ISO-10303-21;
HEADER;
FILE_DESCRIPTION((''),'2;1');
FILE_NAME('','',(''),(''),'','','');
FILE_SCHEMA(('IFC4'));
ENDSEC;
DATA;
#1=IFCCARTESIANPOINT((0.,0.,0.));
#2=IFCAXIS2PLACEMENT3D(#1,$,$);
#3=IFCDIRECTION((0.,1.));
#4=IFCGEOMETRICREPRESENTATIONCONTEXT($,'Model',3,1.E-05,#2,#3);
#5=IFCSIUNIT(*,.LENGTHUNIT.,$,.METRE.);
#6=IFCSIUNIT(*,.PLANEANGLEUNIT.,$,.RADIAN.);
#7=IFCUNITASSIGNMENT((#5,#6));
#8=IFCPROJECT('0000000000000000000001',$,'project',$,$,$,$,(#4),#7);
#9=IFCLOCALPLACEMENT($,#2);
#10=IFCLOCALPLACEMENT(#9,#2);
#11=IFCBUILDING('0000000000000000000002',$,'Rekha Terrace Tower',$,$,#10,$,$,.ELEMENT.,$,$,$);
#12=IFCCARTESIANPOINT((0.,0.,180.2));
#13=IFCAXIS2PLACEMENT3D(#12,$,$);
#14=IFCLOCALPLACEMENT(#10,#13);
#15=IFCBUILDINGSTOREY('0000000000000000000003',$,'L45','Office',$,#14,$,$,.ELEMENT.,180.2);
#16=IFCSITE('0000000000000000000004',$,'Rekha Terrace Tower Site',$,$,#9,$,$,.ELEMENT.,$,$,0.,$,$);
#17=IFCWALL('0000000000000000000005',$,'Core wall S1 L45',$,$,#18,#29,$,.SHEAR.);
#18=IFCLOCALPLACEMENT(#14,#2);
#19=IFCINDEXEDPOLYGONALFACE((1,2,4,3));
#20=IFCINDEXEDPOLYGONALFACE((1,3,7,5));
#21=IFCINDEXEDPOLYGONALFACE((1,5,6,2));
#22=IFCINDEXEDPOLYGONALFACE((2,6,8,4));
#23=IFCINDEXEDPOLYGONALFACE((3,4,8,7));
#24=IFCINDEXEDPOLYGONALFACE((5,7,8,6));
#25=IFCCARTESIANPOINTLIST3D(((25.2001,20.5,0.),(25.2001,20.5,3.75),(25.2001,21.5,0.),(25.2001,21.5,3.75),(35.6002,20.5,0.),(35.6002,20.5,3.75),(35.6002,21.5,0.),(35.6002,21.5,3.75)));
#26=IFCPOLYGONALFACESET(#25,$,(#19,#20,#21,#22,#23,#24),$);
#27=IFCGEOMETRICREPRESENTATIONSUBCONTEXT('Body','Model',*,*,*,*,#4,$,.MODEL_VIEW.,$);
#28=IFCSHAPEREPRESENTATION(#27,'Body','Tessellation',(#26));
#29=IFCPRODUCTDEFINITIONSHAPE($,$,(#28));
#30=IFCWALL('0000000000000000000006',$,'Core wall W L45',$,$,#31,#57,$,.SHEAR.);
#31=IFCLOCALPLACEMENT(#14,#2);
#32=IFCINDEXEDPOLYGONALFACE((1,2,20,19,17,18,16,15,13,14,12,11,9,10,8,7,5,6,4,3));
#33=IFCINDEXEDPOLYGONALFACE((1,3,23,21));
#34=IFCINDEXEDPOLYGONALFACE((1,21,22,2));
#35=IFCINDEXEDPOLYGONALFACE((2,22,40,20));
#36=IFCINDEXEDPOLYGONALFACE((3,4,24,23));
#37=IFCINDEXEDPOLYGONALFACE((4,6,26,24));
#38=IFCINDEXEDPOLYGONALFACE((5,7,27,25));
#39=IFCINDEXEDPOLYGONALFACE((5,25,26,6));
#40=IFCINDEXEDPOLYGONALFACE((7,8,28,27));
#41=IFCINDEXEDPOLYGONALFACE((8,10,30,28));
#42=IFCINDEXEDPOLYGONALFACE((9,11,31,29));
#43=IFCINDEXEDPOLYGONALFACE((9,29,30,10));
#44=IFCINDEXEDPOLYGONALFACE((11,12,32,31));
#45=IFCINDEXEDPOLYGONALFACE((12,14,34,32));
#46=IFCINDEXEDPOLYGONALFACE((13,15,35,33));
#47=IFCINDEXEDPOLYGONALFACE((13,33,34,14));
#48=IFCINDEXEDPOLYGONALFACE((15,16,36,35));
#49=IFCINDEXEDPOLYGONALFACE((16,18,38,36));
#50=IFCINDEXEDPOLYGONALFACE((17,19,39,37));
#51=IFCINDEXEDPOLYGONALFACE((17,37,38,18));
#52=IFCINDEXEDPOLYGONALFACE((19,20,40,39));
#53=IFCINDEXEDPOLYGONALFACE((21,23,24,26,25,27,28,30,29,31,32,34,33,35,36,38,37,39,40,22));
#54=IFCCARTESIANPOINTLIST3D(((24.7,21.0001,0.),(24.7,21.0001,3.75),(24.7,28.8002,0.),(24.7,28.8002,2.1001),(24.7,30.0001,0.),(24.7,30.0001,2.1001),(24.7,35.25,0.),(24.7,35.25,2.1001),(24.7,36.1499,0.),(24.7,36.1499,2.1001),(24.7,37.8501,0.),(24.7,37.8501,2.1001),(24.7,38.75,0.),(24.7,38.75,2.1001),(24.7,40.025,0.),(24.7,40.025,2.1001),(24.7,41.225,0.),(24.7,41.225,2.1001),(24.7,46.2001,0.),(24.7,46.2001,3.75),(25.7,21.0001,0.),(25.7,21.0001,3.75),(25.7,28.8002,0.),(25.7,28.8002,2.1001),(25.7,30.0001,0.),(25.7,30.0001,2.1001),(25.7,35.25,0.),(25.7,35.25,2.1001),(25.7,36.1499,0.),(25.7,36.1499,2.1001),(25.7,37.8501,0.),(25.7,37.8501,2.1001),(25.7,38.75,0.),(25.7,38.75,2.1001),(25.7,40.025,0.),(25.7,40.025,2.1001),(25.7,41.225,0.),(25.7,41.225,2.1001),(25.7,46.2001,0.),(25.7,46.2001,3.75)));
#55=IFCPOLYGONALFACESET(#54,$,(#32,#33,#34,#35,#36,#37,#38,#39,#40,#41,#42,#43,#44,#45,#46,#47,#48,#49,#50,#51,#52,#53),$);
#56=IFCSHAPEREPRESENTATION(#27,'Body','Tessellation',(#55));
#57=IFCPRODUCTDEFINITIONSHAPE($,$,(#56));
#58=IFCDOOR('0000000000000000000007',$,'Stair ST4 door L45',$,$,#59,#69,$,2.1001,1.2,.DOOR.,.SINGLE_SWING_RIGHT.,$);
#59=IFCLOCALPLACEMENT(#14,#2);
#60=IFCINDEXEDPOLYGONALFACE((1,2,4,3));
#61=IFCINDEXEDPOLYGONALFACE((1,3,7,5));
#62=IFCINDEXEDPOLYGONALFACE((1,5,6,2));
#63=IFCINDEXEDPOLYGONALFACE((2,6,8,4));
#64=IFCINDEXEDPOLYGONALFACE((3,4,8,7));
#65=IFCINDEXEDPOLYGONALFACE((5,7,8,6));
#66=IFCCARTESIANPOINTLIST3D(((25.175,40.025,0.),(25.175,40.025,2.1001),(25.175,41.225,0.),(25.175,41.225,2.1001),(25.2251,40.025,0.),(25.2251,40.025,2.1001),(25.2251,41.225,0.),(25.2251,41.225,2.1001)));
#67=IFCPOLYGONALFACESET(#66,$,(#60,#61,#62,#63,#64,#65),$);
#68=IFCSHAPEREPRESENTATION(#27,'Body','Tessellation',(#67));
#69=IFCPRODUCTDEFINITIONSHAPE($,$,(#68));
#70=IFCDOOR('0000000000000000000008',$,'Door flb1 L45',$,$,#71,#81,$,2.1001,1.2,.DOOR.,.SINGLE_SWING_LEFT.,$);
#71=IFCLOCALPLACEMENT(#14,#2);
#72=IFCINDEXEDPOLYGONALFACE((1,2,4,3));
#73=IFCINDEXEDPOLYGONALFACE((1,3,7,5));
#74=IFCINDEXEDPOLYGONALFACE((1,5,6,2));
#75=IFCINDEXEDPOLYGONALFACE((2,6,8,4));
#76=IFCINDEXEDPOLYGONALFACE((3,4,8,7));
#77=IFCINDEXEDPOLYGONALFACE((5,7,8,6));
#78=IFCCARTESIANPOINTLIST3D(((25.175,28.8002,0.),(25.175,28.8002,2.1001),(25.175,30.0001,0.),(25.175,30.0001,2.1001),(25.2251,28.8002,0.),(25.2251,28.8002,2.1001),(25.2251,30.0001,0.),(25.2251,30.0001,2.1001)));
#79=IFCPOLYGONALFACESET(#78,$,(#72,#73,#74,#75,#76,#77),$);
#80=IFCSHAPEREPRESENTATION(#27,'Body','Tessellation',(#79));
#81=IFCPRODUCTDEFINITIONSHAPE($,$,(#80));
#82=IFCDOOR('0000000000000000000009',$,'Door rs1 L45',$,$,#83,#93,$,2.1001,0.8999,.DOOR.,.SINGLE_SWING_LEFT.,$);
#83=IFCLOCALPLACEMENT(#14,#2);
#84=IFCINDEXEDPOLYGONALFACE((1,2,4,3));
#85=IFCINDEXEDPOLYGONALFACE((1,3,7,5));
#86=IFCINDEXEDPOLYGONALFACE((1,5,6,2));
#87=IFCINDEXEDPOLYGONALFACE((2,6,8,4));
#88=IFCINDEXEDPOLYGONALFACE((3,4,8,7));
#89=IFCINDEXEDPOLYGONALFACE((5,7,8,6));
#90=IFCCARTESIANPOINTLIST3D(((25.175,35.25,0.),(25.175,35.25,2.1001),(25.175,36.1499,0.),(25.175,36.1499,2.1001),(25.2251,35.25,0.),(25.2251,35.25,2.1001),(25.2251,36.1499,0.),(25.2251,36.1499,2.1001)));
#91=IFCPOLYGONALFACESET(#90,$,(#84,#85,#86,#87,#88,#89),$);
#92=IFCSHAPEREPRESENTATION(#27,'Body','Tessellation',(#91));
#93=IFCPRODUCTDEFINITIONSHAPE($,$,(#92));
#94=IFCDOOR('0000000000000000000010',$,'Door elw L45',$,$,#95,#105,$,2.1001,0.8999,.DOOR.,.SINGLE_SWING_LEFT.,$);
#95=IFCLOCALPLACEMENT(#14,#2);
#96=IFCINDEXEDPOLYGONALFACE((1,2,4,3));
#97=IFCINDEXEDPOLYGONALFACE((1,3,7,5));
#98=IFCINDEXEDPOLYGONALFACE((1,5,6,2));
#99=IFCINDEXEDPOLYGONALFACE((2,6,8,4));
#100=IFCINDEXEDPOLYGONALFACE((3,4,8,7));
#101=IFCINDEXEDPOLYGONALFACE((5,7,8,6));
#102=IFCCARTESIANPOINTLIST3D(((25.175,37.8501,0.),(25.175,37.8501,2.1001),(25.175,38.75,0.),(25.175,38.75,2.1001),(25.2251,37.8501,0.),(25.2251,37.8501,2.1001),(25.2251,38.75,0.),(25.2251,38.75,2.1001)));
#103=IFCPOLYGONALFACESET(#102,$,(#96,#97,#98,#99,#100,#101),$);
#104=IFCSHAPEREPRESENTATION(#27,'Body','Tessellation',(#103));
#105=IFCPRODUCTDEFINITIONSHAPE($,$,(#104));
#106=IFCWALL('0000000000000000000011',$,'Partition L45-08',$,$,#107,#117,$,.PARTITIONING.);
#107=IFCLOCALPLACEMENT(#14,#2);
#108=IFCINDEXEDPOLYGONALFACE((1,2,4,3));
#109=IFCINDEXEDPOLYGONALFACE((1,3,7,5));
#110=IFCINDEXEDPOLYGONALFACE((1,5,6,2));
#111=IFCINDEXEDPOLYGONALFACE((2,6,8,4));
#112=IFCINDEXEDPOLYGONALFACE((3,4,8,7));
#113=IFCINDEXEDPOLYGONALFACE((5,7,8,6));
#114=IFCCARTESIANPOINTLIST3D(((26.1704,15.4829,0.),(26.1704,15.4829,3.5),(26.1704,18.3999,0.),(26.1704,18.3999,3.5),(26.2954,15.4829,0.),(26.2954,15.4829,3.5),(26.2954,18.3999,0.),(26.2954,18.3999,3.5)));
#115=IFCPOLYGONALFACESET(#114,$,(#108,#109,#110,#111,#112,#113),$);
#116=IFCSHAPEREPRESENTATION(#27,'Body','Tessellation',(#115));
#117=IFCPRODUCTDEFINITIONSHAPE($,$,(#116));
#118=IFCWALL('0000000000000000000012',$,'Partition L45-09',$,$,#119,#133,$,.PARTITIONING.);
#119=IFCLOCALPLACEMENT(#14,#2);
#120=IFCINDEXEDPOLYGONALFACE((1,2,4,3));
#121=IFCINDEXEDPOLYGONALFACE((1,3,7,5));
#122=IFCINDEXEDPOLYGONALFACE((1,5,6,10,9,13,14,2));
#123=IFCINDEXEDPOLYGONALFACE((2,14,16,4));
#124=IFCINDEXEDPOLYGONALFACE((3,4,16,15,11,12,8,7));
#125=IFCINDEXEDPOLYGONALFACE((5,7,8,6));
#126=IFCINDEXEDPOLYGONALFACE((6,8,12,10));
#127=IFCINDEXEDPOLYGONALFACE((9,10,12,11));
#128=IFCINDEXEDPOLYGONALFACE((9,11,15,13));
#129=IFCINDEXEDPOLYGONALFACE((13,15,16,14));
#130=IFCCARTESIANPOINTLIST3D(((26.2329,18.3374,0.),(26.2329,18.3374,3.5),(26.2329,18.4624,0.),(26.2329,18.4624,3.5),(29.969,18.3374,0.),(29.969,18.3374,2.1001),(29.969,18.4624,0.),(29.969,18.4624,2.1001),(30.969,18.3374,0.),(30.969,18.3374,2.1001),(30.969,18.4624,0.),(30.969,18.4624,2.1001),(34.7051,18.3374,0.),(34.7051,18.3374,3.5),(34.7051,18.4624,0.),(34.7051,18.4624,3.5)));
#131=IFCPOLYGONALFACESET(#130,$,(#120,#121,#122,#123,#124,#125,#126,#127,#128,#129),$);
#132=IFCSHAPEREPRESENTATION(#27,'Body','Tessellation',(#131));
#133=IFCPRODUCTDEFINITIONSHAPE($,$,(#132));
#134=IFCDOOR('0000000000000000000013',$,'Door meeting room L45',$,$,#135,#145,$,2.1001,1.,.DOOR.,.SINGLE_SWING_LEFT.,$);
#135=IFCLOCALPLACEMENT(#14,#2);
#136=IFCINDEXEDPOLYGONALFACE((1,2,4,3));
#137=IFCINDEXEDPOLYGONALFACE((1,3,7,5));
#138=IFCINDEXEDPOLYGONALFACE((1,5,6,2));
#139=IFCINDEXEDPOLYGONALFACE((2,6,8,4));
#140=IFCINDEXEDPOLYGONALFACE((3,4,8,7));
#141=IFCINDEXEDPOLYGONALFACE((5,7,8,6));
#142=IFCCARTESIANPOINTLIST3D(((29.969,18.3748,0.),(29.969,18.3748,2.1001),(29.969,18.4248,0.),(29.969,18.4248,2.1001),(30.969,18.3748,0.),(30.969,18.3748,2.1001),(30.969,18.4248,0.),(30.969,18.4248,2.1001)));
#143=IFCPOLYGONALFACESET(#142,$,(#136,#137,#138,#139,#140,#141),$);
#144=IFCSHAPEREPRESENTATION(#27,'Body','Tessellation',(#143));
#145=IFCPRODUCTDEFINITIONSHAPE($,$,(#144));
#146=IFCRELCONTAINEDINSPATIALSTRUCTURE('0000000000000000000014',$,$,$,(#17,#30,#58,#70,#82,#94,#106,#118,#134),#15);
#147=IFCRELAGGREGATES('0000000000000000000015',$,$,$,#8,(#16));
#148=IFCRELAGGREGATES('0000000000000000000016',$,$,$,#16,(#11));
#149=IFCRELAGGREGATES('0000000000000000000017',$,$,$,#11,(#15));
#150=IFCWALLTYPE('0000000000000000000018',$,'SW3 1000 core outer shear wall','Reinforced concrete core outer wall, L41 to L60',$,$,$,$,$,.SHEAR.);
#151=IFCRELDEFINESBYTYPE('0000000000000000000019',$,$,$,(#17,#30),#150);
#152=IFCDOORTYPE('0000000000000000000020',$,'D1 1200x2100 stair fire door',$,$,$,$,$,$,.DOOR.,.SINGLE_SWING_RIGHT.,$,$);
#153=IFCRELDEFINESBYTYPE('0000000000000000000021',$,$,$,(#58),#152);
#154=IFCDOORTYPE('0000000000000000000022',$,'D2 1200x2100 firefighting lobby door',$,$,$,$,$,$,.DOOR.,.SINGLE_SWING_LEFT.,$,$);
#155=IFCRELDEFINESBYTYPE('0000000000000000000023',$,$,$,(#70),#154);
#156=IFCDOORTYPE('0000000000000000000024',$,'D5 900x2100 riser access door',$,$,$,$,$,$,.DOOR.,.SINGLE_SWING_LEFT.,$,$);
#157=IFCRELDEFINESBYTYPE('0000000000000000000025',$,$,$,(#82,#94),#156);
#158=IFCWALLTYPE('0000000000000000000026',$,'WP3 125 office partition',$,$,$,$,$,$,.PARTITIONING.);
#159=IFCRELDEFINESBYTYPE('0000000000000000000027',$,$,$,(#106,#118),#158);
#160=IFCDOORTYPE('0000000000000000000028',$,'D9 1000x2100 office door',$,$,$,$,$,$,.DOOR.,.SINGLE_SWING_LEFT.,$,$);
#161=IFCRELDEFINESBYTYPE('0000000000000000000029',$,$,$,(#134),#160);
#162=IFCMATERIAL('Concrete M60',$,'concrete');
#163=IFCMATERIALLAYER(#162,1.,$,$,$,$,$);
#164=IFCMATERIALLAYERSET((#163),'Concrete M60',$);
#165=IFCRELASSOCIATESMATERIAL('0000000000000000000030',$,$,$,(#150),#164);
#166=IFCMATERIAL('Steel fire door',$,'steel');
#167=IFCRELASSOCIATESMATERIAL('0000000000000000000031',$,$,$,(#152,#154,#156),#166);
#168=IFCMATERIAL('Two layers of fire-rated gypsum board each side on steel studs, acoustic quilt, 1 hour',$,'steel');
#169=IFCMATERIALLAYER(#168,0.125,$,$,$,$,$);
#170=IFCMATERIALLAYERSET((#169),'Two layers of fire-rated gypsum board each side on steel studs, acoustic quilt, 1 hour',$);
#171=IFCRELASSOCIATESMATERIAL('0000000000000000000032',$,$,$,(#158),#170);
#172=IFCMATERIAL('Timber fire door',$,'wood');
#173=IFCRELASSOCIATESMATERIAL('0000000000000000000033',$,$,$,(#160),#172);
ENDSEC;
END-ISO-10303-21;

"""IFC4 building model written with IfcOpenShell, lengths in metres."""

from ifc_helpers import new_model, si_unit, direction, frame, frame_2d, origin, place, context, subcontext, project, spatial, rectangle, extrude, material, layer, layer_set, type_object, element, fill, save


model = new_model("IFC4")

# Units and contexts
model_context = context("Model", 3, precision=1e-05, world=origin(), true_north=direction((0.0, 1.0)))
body_context = subcontext(model_context, "Body", "Model", "MODEL_VIEW")
ifc_project = project(units=[si_unit("LENGTHUNIT", "METRE"), si_unit("PLANEANGLEUNIT", "RADIAN")], contexts=[model_context])

# Site, building, storey
site_placement = place(None, origin())
site = spatial("IfcSite", under=ifc_project, at=site_placement, Name="Rekha Terrace Tower Site", CompositionType="ELEMENT", RefElevation=0.0)
building_placement = place(site_placement, origin())
building = spatial("IfcBuilding", under=site, at=building_placement, Name="Rekha Terrace Tower", CompositionType="ELEMENT")
storey_placement = place(building_placement, frame((0.0, 0.0, 180.2)))
storey = spatial("IfcBuildingStorey", under=building, at=storey_placement, Name="L45", Description="Office", CompositionType="ELEMENT", Elevation=180.2)

# Shared definitions
ifc_material_1 = material(Name="Concrete M60", Category="concrete")

# Wall
ifc_layer_1 = layer(ifc_material_1, 1.0)
ifc_layer_set_1 = layer_set([ifc_layer_1], Name="Concrete M60")
wall_type_1 = type_object("IfcWallType", Name="SW3 1000 core outer shear wall", Description="Reinforced concrete core outer wall, L41 to L60", PredefinedType="SHEAR", material=ifc_layer_set_1)
wall_1_placement = place(storey_placement, frame((25.2, 21.0, 0.0), z_axis=(0.0, 0.0, 1.0), x_axis=(1.0, 0.0, 0.0)))
element("IfcWall", 1, at=wall_1_placement, inside=storey, type_object=wall_type_1, Name="Core wall S1 L45", PredefinedType="SHEAR", context=body_context, shape_type="SweptSolid", body=[
    extrude(rectangle(XDim=10.4001, YDim=1.0, at=frame_2d((5.2002, 0.0))), origin(), (0.0, 0.0, 1.0), 3.75),
])

# Wall, openings, doors
wall_2_placement = place(storey_placement, frame((25.2, 21.0, 0.0), z_axis=(0.0, 0.0, 1.0), x_axis=(0.0, 1.0, 0.0)))
wall_2 = element("IfcWall", 2, at=wall_2_placement, inside=storey, type_object=wall_type_1, Name="Core wall W L45", PredefinedType="SHEAR", context=body_context, shape_type="SweptSolid", body=[
    extrude(rectangle(XDim=25.2, YDim=1.0, at=frame_2d((12.6001, 0.0))), origin(), (0.0, 0.0, 1.0), 3.75),
])
opening_1_placement = place(wall_2_placement, frame((7.8, 0.0, 0.0)))
opening_1 = element("IfcOpeningElement", 3, at=opening_1_placement, cuts=wall_2, PredefinedType="OPENING", context=body_context, shape_type="SweptSolid", body=[
    extrude(rectangle(XDim=1.2, YDim=2.1001, at=frame_2d((0.6001, 1.05))), frame((0.0, 0.51, 0.0), z_axis=(0.0, -1.0, 0.0), x_axis=(1.0, 0.0, 0.0)), (0.0, 0.0, 1.0), 1.02),
])
opening_2_placement = place(wall_2_placement, frame((14.25, 0.0, 0.0)))
opening_2 = element("IfcOpeningElement", 4, at=opening_2_placement, cuts=wall_2, PredefinedType="OPENING", context=body_context, shape_type="SweptSolid", body=[
    extrude(rectangle(XDim=0.8999, YDim=2.1001, at=frame_2d((0.45, 1.05))), frame((0.0, 0.51, 0.0), z_axis=(0.0, -1.0, 0.0), x_axis=(1.0, 0.0, 0.0)), (0.0, 0.0, 1.0), 1.02),
])
opening_3_placement = place(wall_2_placement, frame((16.8501, 0.0, 0.0)))
opening_3 = element("IfcOpeningElement", 5, at=opening_3_placement, cuts=wall_2, PredefinedType="OPENING", context=body_context, shape_type="SweptSolid", body=[
    extrude(rectangle(XDim=0.8999, YDim=2.1001, at=frame_2d((0.45, 1.05))), frame((0.0, 0.51, 0.0), z_axis=(0.0, -1.0, 0.0), x_axis=(1.0, 0.0, 0.0)), (0.0, 0.0, 1.0), 1.02),
])
opening_4_placement = place(wall_2_placement, frame((19.0249, 0.0, 0.0)))
opening_4 = element("IfcOpeningElement", 6, at=opening_4_placement, cuts=wall_2, PredefinedType="OPENING", context=body_context, shape_type="SweptSolid", body=[
    extrude(rectangle(XDim=1.2, YDim=2.1001, at=frame_2d((0.6001, 1.05))), frame((0.0, 0.51, 0.0), z_axis=(0.0, -1.0, 0.0), x_axis=(1.0, 0.0, 0.0)), (0.0, 0.0, 1.0), 1.02),
])
ifc_material_2 = material(Name="Steel fire door", Category="steel")
door_type_1 = type_object("IfcDoorType", Name="D1 1200x2100 stair fire door", OperationType="SINGLE_SWING_RIGHT", PredefinedType="DOOR", material=ifc_material_2)
door_1_placement = place(opening_4_placement, origin())
door_1 = element("IfcDoor", 7, at=door_1_placement, inside=storey, type_object=door_type_1, Name="Stair ST4 door L45", OperationType="SINGLE_SWING_RIGHT", OverallHeight=2.1001, OverallWidth=1.2, PredefinedType="DOOR", context=body_context, shape_type="SweptSolid", body=[
    extrude(rectangle(XDim=1.2, YDim=2.1001, at=frame_2d((0.6001, 1.05))), frame((0.0, 0.0249, 0.0), z_axis=(0.0, -1.0, 0.0), x_axis=(1.0, 0.0, 0.0)), (0.0, 0.0, 1.0), 0.05),
])
fill(opening_4, door_1)
door_type_2 = type_object("IfcDoorType", Name="D2 1200x2100 firefighting lobby door", OperationType="SINGLE_SWING_LEFT", PredefinedType="DOOR", material=ifc_material_2)
door_2_placement = place(opening_1_placement, origin())
door_2 = element("IfcDoor", 8, at=door_2_placement, inside=storey, type_object=door_type_2, Name="Door flb1 L45", OperationType="SINGLE_SWING_LEFT", OverallHeight=2.1001, OverallWidth=1.2, PredefinedType="DOOR", context=body_context, shape_type="SweptSolid", body=[
    extrude(rectangle(XDim=1.2, YDim=2.1001, at=frame_2d((0.6001, 1.05))), frame((0.0, 0.0249, 0.0), z_axis=(0.0, -1.0, 0.0), x_axis=(1.0, 0.0, 0.0)), (0.0, 0.0, 1.0), 0.05),
])
fill(opening_1, door_2)
door_type_3 = type_object("IfcDoorType", Name="D5 900x2100 riser access door", OperationType="SINGLE_SWING_LEFT", PredefinedType="DOOR", material=ifc_material_2)
door_3_placement = place(opening_2_placement, origin())
door_3 = element("IfcDoor", 9, at=door_3_placement, inside=storey, type_object=door_type_3, Name="Door rs1 L45", OperationType="SINGLE_SWING_LEFT", OverallHeight=2.1001, OverallWidth=0.8999, PredefinedType="DOOR", context=body_context, shape_type="SweptSolid", body=[
    extrude(rectangle(XDim=0.8999, YDim=2.1001, at=frame_2d((0.45, 1.05))), frame((0.0, 0.0249, 0.0), z_axis=(0.0, -1.0, 0.0), x_axis=(1.0, 0.0, 0.0)), (0.0, 0.0, 1.0), 0.05),
])
fill(opening_2, door_3)
door_4_placement = place(opening_3_placement, origin())
door_4 = element("IfcDoor", 10, at=door_4_placement, inside=storey, type_object=door_type_3, Name="Door elw L45", OperationType="SINGLE_SWING_LEFT", OverallHeight=2.1001, OverallWidth=0.8999, PredefinedType="DOOR", context=body_context, shape_type="SweptSolid", body=[
    extrude(rectangle(XDim=0.8999, YDim=2.1001, at=frame_2d((0.45, 1.05))), frame((0.0, 0.0249, 0.0), z_axis=(0.0, -1.0, 0.0), x_axis=(1.0, 0.0, 0.0)), (0.0, 0.0, 1.0), 0.05),
])
fill(opening_3, door_4)

# Wall
ifc_material_3 = material(Name="Two layers of fire-rated gypsum board each side on steel studs, acoustic quilt, 1 hour", Category="steel")
ifc_layer_2 = layer(ifc_material_3, 0.125)
ifc_layer_set_2 = layer_set([ifc_layer_2], Name="Two layers of fire-rated gypsum board each side on steel studs, acoustic quilt, 1 hour")
wall_type_2 = type_object("IfcWallType", Name="WP3 125 office partition", PredefinedType="PARTITIONING", material=ifc_layer_set_2)
wall_3_placement = place(storey_placement, frame((26.2329, 18.3999, 0.0), z_axis=(0.0, 0.0, 1.0), x_axis=(0.0, -1.0, 0.0)))
element("IfcWall", 11, at=wall_3_placement, inside=storey, type_object=wall_type_2, Name="Partition L45-08", PredefinedType="PARTITIONING", context=body_context, shape_type="SweptSolid", body=[
    extrude(rectangle(XDim=2.917, YDim=0.125, at=frame_2d((1.4585, 0.0))), origin(), (0.0, 0.0, 1.0), 3.5),
])

# Wall, opening, door
wall_4_placement = place(storey_placement, frame((26.2329, 18.3999, 0.0), z_axis=(0.0, 0.0, 1.0), x_axis=(1.0, 0.0, 0.0)))
wall_4 = element("IfcWall", 12, at=wall_4_placement, inside=storey, type_object=wall_type_2, Name="Partition L45-09", PredefinedType="PARTITIONING", context=body_context, shape_type="SweptSolid", body=[
    extrude(rectangle(XDim=8.4722, YDim=0.125, at=frame_2d((4.2361, 0.0))), origin(), (0.0, 0.0, 1.0), 3.5),
])
opening_5_placement = place(wall_4_placement, frame((3.7361, 0.0, 0.0)))
opening_5 = element("IfcOpeningElement", 13, at=opening_5_placement, cuts=wall_4, PredefinedType="OPENING", context=body_context, shape_type="SweptSolid", body=[
    extrude(rectangle(XDim=1.0, YDim=2.1001, at=frame_2d((0.5, 1.05))), frame((0.0, 0.0725, 0.0), z_axis=(0.0, -1.0, 0.0), x_axis=(1.0, 0.0, 0.0)), (0.0, 0.0, 1.0), 0.145),
])
ifc_material_4 = material(Name="Timber fire door", Category="wood")
door_type_4 = type_object("IfcDoorType", Name="D9 1000x2100 office door", OperationType="SINGLE_SWING_LEFT", PredefinedType="DOOR", material=ifc_material_4)
door_5_placement = place(opening_5_placement, origin())
door_5 = element("IfcDoor", 14, at=door_5_placement, inside=storey, type_object=door_type_4, Name="Door meeting room L45", OperationType="SINGLE_SWING_LEFT", OverallHeight=2.1001, OverallWidth=1.0, PredefinedType="DOOR", context=body_context, shape_type="SweptSolid", body=[
    extrude(rectangle(XDim=1.0, YDim=2.1001, at=frame_2d((0.5, 1.05))), frame((0.0, 0.0249, 0.0), z_axis=(0.0, -1.0, 0.0), x_axis=(1.0, 0.0, 0.0)), (0.0, 0.0, 1.0), 0.05),
])
fill(opening_5, door_5)

save(model, "model.ifc")
